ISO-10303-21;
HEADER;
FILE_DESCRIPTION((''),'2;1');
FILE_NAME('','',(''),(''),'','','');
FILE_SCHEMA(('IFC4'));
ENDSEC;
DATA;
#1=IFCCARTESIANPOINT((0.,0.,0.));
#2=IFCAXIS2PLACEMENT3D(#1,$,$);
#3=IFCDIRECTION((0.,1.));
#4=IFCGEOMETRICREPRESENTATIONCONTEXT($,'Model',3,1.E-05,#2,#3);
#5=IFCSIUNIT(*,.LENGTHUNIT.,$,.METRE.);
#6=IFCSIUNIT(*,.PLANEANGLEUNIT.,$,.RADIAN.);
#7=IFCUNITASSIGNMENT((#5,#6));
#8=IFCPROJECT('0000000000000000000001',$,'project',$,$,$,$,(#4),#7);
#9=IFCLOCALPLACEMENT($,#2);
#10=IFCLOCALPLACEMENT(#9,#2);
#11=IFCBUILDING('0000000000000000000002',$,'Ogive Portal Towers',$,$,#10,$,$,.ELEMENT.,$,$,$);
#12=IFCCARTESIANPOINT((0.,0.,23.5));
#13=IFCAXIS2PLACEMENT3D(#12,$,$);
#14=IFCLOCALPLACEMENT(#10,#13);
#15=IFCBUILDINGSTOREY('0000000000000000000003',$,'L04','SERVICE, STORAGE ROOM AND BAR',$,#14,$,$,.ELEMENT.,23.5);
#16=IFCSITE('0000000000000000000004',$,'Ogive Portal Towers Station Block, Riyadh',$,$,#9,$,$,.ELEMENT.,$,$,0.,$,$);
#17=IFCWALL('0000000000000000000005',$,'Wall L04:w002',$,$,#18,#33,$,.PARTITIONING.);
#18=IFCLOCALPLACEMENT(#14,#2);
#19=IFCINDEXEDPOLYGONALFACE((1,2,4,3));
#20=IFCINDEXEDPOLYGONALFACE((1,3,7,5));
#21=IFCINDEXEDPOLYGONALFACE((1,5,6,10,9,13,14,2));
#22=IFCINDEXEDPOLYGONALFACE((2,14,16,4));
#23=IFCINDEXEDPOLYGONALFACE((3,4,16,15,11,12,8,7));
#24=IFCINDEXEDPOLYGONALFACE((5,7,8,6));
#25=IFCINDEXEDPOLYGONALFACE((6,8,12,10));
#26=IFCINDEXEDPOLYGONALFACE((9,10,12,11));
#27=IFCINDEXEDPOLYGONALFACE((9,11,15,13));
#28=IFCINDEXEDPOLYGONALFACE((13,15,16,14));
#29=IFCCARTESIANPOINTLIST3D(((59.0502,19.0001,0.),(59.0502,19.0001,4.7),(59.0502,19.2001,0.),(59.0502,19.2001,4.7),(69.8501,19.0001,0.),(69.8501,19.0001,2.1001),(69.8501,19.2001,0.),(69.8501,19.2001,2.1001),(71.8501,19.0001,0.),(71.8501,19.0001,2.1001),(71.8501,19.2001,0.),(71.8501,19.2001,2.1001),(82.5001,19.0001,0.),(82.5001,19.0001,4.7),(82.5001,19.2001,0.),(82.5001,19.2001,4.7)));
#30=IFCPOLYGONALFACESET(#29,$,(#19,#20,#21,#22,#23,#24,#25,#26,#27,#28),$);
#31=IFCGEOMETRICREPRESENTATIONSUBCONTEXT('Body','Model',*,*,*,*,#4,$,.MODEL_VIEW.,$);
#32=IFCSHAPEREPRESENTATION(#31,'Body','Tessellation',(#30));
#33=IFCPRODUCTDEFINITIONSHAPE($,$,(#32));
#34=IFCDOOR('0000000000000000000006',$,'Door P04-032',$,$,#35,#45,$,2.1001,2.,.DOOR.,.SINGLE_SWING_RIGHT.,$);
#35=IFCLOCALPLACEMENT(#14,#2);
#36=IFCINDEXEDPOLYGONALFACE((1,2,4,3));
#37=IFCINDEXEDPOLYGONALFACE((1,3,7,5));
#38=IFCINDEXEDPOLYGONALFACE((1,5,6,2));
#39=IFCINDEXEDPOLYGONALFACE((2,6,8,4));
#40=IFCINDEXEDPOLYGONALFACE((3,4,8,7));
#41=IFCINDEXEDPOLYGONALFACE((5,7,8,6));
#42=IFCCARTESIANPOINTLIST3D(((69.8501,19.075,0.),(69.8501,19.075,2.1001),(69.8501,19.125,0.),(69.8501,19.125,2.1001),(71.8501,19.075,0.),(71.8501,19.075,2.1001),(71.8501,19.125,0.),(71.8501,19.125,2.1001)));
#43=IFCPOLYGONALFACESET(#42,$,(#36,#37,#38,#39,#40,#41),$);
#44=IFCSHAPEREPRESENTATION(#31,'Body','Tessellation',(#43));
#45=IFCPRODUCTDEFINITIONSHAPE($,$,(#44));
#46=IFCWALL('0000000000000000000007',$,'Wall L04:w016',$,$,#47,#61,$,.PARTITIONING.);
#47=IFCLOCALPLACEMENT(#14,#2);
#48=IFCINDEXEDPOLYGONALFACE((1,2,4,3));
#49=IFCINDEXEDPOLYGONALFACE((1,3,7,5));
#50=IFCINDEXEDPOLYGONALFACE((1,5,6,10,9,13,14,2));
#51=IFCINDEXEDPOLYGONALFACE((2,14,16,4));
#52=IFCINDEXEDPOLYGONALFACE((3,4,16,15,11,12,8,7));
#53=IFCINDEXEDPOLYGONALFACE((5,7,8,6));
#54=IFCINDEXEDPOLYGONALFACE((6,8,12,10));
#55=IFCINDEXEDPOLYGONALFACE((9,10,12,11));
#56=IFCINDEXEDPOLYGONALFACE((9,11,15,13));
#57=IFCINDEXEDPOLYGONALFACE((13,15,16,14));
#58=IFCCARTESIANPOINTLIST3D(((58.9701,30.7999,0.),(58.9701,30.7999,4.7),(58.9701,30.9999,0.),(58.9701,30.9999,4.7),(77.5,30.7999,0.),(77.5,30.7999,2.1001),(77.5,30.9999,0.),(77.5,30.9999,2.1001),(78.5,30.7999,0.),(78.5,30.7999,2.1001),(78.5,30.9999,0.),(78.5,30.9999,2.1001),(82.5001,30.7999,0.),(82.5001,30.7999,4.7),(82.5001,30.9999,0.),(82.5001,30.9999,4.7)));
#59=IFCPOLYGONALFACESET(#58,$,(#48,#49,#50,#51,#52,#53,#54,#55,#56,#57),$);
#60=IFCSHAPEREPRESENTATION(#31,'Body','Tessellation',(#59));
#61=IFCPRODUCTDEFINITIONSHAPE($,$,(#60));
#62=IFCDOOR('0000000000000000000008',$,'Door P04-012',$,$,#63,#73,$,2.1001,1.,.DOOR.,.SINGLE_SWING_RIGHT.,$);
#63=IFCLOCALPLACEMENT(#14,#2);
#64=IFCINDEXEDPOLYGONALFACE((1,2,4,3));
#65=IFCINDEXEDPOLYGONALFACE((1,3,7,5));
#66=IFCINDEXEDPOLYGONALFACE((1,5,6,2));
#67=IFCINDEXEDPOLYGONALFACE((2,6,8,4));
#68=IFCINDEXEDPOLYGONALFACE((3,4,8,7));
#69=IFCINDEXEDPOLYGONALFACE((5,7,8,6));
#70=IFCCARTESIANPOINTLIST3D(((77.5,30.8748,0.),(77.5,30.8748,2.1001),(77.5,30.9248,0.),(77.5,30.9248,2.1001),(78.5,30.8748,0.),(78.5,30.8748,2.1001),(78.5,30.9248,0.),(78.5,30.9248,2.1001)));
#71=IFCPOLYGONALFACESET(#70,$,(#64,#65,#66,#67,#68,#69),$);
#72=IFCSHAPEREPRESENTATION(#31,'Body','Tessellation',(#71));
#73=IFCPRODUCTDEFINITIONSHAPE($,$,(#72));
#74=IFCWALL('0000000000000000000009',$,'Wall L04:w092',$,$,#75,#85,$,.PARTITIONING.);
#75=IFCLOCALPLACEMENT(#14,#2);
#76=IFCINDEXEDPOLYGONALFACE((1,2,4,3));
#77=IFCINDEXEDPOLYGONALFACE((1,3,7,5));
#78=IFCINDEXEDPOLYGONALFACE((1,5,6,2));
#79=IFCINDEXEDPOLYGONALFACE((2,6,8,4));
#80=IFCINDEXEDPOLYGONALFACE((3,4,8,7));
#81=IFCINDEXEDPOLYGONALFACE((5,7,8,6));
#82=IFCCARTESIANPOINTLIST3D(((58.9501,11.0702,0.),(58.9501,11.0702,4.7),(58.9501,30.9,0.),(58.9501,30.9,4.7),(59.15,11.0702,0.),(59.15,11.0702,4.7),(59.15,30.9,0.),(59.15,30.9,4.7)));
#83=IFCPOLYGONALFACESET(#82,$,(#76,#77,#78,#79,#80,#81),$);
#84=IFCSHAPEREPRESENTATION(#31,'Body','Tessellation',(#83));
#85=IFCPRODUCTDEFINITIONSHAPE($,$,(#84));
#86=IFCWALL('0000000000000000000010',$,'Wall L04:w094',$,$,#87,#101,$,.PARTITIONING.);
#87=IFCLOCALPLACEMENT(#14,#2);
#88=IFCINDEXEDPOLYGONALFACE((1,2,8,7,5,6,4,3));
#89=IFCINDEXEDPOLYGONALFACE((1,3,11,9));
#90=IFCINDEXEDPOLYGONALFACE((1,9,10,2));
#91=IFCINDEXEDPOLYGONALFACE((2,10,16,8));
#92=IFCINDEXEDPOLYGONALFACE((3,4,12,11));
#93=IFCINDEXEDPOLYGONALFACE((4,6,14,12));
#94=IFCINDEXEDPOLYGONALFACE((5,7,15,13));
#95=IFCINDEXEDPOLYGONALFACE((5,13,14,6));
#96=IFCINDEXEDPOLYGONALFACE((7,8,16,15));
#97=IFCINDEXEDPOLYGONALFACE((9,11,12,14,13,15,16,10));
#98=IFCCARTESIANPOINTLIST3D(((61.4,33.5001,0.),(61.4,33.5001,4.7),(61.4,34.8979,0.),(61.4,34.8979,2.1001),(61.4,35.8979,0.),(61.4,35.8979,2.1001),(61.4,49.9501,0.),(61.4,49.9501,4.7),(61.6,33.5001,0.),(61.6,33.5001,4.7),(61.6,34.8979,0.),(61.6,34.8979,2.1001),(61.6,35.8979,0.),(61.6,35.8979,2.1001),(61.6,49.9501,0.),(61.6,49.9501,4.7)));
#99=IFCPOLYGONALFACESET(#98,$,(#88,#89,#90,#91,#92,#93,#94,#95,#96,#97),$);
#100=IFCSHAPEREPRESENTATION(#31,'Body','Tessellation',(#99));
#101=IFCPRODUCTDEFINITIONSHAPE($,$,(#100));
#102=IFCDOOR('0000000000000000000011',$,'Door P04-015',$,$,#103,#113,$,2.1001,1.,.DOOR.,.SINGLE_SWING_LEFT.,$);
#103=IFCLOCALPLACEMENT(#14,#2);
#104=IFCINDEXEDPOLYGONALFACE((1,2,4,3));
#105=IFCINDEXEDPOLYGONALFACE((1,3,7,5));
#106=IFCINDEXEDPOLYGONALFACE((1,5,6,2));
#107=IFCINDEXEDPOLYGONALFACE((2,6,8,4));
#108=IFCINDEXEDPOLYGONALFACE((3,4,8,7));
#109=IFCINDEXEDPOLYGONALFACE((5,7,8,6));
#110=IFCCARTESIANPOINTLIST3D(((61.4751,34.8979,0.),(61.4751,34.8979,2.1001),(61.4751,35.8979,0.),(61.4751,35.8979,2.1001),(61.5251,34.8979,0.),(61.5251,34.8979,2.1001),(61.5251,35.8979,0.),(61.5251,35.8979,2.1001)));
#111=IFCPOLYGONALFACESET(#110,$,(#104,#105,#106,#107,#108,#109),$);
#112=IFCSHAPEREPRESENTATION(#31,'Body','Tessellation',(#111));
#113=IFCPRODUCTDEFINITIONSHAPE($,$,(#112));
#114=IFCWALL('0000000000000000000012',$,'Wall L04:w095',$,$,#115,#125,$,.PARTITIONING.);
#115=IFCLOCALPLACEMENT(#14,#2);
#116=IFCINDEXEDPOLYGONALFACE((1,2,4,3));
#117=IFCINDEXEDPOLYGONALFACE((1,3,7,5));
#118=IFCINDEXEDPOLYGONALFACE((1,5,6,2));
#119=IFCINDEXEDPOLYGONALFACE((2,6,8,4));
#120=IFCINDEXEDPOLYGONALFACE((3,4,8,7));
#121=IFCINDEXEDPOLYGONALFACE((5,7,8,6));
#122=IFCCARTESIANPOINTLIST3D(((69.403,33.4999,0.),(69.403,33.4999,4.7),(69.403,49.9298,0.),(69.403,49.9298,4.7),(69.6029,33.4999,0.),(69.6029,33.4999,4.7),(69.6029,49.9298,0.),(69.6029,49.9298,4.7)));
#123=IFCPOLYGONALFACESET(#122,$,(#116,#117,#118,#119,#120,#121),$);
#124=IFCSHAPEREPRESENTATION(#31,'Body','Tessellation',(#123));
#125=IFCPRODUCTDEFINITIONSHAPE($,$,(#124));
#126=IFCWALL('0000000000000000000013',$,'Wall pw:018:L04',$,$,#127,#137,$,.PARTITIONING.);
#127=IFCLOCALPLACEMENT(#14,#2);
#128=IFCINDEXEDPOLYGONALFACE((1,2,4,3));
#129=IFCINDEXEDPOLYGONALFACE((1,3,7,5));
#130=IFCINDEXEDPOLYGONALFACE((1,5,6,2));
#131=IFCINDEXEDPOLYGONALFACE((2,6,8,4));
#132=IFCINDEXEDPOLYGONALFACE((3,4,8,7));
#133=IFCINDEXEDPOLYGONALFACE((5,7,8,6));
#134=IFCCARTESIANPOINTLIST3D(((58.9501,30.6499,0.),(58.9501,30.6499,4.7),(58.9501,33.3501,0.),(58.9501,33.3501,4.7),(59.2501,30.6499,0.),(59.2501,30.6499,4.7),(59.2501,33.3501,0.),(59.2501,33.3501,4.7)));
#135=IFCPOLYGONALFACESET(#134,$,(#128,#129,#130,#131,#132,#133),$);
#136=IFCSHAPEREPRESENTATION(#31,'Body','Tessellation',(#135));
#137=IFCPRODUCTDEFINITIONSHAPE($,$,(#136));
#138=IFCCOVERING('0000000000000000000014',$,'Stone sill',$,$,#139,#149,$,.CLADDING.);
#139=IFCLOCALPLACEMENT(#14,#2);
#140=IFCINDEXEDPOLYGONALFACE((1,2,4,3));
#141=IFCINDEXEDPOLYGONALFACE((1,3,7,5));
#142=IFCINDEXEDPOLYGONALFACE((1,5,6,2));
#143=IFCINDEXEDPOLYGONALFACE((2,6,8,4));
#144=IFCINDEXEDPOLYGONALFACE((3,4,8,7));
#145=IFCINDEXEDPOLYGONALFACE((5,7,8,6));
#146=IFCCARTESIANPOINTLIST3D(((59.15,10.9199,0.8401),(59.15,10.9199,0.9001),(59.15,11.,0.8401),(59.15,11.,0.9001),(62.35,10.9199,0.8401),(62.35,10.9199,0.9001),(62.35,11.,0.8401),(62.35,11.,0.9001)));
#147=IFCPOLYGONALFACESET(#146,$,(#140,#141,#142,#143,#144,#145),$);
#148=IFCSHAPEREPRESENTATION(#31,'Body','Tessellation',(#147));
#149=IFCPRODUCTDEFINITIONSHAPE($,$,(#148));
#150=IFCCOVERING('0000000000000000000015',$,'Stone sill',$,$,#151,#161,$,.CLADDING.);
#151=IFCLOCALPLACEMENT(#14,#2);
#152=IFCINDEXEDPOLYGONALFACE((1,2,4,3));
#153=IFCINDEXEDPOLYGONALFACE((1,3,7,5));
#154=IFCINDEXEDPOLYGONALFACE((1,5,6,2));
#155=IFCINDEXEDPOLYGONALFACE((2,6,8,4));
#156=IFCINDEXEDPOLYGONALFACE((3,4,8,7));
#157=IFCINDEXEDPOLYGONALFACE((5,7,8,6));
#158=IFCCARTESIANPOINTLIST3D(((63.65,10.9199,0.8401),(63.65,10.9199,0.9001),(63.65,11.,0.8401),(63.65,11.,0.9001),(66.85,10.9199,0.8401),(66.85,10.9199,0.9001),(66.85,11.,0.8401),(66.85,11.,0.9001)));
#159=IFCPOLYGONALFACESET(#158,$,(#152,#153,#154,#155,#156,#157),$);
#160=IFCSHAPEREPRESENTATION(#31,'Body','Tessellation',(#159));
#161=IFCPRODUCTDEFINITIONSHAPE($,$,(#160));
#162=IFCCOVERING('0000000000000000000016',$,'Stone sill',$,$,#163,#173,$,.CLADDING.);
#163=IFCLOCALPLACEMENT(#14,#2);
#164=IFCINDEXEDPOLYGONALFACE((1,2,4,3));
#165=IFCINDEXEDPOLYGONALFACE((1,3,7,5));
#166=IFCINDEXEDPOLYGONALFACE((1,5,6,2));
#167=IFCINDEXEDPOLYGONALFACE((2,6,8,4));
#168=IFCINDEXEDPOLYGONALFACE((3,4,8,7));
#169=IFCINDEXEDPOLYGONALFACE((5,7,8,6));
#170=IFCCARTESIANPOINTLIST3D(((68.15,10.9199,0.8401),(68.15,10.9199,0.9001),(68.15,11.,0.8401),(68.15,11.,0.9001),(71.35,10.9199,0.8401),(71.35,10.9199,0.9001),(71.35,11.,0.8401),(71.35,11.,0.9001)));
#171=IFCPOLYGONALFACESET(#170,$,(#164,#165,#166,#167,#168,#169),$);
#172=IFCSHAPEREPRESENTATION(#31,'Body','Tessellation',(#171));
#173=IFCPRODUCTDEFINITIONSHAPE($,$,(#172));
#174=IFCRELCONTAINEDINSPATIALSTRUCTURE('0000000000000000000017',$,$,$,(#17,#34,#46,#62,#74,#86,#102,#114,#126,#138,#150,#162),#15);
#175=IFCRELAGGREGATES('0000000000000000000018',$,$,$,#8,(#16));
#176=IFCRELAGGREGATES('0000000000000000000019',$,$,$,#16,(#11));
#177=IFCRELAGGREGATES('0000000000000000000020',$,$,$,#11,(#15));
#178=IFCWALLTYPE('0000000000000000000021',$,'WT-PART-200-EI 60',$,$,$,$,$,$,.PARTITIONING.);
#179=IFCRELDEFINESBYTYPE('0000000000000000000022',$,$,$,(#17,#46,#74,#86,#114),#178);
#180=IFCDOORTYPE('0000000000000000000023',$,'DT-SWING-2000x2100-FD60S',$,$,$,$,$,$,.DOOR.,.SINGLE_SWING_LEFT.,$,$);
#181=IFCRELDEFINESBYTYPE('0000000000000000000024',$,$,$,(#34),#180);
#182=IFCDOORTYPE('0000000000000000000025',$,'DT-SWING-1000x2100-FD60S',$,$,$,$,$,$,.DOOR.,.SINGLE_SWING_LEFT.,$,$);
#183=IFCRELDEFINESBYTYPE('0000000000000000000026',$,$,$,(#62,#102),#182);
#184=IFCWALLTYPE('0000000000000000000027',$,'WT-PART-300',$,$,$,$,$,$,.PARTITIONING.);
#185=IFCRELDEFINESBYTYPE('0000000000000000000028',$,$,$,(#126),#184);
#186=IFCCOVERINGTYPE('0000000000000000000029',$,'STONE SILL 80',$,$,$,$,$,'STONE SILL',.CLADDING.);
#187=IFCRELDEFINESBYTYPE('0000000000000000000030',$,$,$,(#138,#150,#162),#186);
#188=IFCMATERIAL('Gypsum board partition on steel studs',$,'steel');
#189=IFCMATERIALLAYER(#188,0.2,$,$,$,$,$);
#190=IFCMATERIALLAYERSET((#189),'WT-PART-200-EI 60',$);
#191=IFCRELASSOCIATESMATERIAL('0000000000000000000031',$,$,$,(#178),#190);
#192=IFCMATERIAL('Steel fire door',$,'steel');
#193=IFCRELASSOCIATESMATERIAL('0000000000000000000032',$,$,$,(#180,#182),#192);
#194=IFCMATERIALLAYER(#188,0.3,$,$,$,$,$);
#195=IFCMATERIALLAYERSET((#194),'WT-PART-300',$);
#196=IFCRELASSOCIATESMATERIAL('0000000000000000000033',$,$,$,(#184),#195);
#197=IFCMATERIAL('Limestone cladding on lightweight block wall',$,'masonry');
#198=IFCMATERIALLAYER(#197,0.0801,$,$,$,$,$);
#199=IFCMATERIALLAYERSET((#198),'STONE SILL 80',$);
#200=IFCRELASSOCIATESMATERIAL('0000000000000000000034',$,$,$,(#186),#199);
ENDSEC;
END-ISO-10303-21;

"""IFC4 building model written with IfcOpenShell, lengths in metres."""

from ifc_helpers import new_model, si_unit, direction, frame, frame_2d, origin, origin_2d, place, context, subcontext, project, spatial, rectangle, extrude, material, layer, layer_set, type_object, element, fill, save


model = new_model("IFC4")

# Units and contexts
model_context = context("Model", 3, precision=1e-05, world=origin(), true_north=direction((0.0, 1.0)))
body_context = subcontext(model_context, "Body", "Model", "MODEL_VIEW")
ifc_project = project(units=[si_unit("LENGTHUNIT", "METRE"), si_unit("PLANEANGLEUNIT", "RADIAN")], contexts=[model_context])

# Site, building, storey
site_placement = place(None, origin())
site = spatial("IfcSite", under=ifc_project, at=site_placement, Name="Ogive Portal Towers Station Block, Riyadh", CompositionType="ELEMENT", RefElevation=0.0)
building_placement = place(site_placement, origin())
building = spatial("IfcBuilding", under=site, at=building_placement, Name="Ogive Portal Towers", CompositionType="ELEMENT")
storey_placement = place(building_placement, frame((0.0, 0.0, 23.5)))
storey = spatial("IfcBuildingStorey", under=building, at=storey_placement, Name="L04", Description="SERVICE, STORAGE ROOM AND BAR", CompositionType="ELEMENT", Elevation=23.5)

# Shared definitions
ifc_material_1 = material(Name="Steel fire door", Category="steel")

# Walls, openings, doors
ifc_material_2 = material(Name="Gypsum board partition on steel studs", Category="steel")
ifc_layer_1 = layer(ifc_material_2, 0.2)
ifc_layer_set_1 = layer_set([ifc_layer_1], Name="WT-PART-200-EI 60")
wall_type_1 = type_object("IfcWallType", Name="WT-PART-200-EI 60", PredefinedType="PARTITIONING", material=ifc_layer_set_1)
wall_1_placement = place(storey_placement, frame((59.05, 19.1001, 0.0), z_axis=(0.0, 0.0, 1.0), x_axis=(1.0, 0.0, 0.0)))
wall_1 = element("IfcWall", 1, at=wall_1_placement, inside=storey, type_object=wall_type_1, Name="Wall L04:w002", PredefinedType="PARTITIONING", context=body_context, shape_type="SweptSolid", body=[
    extrude(rectangle(XDim=23.45, YDim=0.2, at=frame_2d((11.7251, 0.0))), origin(), (0.0, 0.0, 1.0), 4.7),
])
opening_1_placement = place(wall_1_placement, frame((10.8, 0.0, 0.0)))
opening_1 = element("IfcOpeningElement", 2, at=opening_1_placement, cuts=wall_1, PredefinedType="OPENING", context=body_context, shape_type="SweptSolid", body=[
    extrude(rectangle(XDim=2.0, YDim=2.1001, at=frame_2d((1.0, 1.05))), frame((0.0, 0.1099, 0.0), z_axis=(0.0, -1.0, 0.0), x_axis=(1.0, 0.0, 0.0)), (0.0, 0.0, 1.0), 0.22),
])
door_type_1 = type_object("IfcDoorType", Name="DT-SWING-2000x2100-FD60S", OperationType="SINGLE_SWING_LEFT", PredefinedType="DOOR", material=ifc_material_1)
door_1_placement = place(opening_1_placement, origin())
door_1 = element("IfcDoor", 3, at=door_1_placement, inside=storey, type_object=door_type_1, Name="Door P04-032", OperationType="SINGLE_SWING_RIGHT", OverallHeight=2.1001, OverallWidth=2.0, PredefinedType="DOOR", context=body_context, shape_type="SweptSolid", body=[
    extrude(rectangle(XDim=2.0, YDim=2.1001, at=frame_2d((1.0, 1.05))), frame((0.0, 0.0249, 0.0), z_axis=(0.0, -1.0, 0.0), x_axis=(1.0, 0.0, 0.0)), (0.0, 0.0, 1.0), 0.05),
])
fill(opening_1, door_1)
wall_2_placement = place(storey_placement, frame((58.97, 30.8999, 0.0), z_axis=(0.0, 0.0, 1.0), x_axis=(1.0, 0.0, 0.0)))
wall_2 = element("IfcWall", 4, at=wall_2_placement, inside=storey, type_object=wall_type_1, Name="Wall L04:w016", PredefinedType="PARTITIONING", context=body_context, shape_type="SweptSolid", body=[
    extrude(rectangle(XDim=23.53, YDim=0.2, at=frame_2d((11.7651, 0.0))), origin(), (0.0, 0.0, 1.0), 4.7),
])
opening_2_placement = place(wall_2_placement, frame((18.53, 0.0, 0.0)))
opening_2 = element("IfcOpeningElement", 5, at=opening_2_placement, cuts=wall_2, PredefinedType="OPENING", context=body_context, shape_type="SweptSolid", body=[
    extrude(rectangle(XDim=1.0, YDim=2.1001, at=frame_2d((0.5, 1.05))), frame((0.0, 0.1099, 0.0), z_axis=(0.0, -1.0, 0.0), x_axis=(1.0, 0.0, 0.0)), (0.0, 0.0, 1.0), 0.22),
])
door_type_2 = type_object("IfcDoorType", Name="DT-SWING-1000x2100-FD60S", OperationType="SINGLE_SWING_LEFT", PredefinedType="DOOR", material=ifc_material_1)
door_2_placement = place(opening_2_placement, origin())
door_2 = element("IfcDoor", 6, at=door_2_placement, inside=storey, type_object=door_type_2, Name="Door P04-012", OperationType="SINGLE_SWING_RIGHT", OverallHeight=2.1001, OverallWidth=1.0, PredefinedType="DOOR", context=body_context, shape_type="SweptSolid", body=[
    extrude(rectangle(XDim=1.0, YDim=2.1001, at=frame_2d((0.5, 1.05))), frame((0.0, 0.0249, 0.0), z_axis=(0.0, -1.0, 0.0), x_axis=(1.0, 0.0, 0.0)), (0.0, 0.0, 1.0), 0.05),
])
fill(opening_2, door_2)

# Wall
wall_3_placement = place(storey_placement, frame((59.05, 11.0701, 0.0), z_axis=(0.0, 0.0, 1.0), x_axis=(0.0, 1.0, 0.0)))
element("IfcWall", 7, at=wall_3_placement, inside=storey, type_object=wall_type_1, Name="Wall L04:w092", PredefinedType="PARTITIONING", context=body_context, shape_type="SweptSolid", body=[
    extrude(rectangle(XDim=19.8298, YDim=0.2, at=frame_2d((9.915, 0.0))), origin(), (0.0, 0.0, 1.0), 4.7),
])

# Wall, opening, door
wall_4_placement = place(storey_placement, frame((61.5, 33.5, 0.0), z_axis=(0.0, 0.0, 1.0), x_axis=(0.0, 1.0, 0.0)))
wall_4 = element("IfcWall", 8, at=wall_4_placement, inside=storey, type_object=wall_type_1, Name="Wall L04:w094", PredefinedType="PARTITIONING", context=body_context, shape_type="SweptSolid", body=[
    extrude(rectangle(XDim=16.45, YDim=0.2, at=frame_2d((8.2251, 0.0))), origin(), (0.0, 0.0, 1.0), 4.7),
])
opening_3_placement = place(wall_4_placement, frame((1.3979, 0.0, 0.0)))
opening_3 = element("IfcOpeningElement", 9, at=opening_3_placement, cuts=wall_4, PredefinedType="OPENING", context=body_context, shape_type="SweptSolid", body=[
    extrude(rectangle(XDim=1.0, YDim=2.1001, at=frame_2d((0.5, 1.05))), frame((0.0, 0.1099, 0.0), z_axis=(0.0, -1.0, 0.0), x_axis=(1.0, 0.0, 0.0)), (0.0, 0.0, 1.0), 0.22),
])
door_3_placement = place(opening_3_placement, origin())
door_3 = element("IfcDoor", 10, at=door_3_placement, inside=storey, type_object=door_type_2, Name="Door P04-015", OperationType="SINGLE_SWING_LEFT", OverallHeight=2.1001, OverallWidth=1.0, PredefinedType="DOOR", context=body_context, shape_type="SweptSolid", body=[
    extrude(rectangle(XDim=1.0, YDim=2.1001, at=frame_2d((0.5, 1.05))), frame((0.0, 0.0249, 0.0), z_axis=(0.0, -1.0, 0.0), x_axis=(1.0, 0.0, 0.0)), (0.0, 0.0, 1.0), 0.05),
])
fill(opening_3, door_3)

# Walls
wall_5_placement = place(storey_placement, frame((69.5029, 33.5, 0.0), z_axis=(0.0, 0.0, 1.0), x_axis=(0.0, 1.0, 0.0)))
element("IfcWall", 11, at=wall_5_placement, inside=storey, type_object=wall_type_1, Name="Wall L04:w095", PredefinedType="PARTITIONING", context=body_context, shape_type="SweptSolid", body=[
    extrude(rectangle(XDim=16.4299, YDim=0.2, at=frame_2d((8.2148, 0.0))), origin(), (0.0, 0.0, 1.0), 4.7),
])
ifc_layer_2 = layer(ifc_material_2, 0.3)
ifc_layer_set_2 = layer_set([ifc_layer_2], Name="WT-PART-300")
wall_type_2 = type_object("IfcWallType", Name="WT-PART-300", PredefinedType="PARTITIONING", material=ifc_layer_set_2)
wall_6_placement = place(storey_placement, frame((59.1001, 30.6499, 0.0), z_axis=(0.0, 0.0, 1.0), x_axis=(0.0, 1.0, 0.0)))
element("IfcWall", 12, at=wall_6_placement, inside=storey, type_object=wall_type_2, Name="Wall pw:018:L04", PredefinedType="PARTITIONING", context=body_context, shape_type="SweptSolid", body=[
    extrude(rectangle(XDim=2.7002, YDim=0.3, at=frame_2d((1.3501, 0.0))), origin(), (0.0, 0.0, 1.0), 4.7),
])

# Coverings
ifc_material_3 = material(Name="Limestone cladding on lightweight block wall", Category="masonry")
ifc_layer_3 = layer(ifc_material_3, 0.0801)
ifc_layer_set_3 = layer_set([ifc_layer_3], Name="STONE SILL 80")
covering_type = type_object("IfcCoveringType", Name="STONE SILL 80", ElementType="STONE SILL", PredefinedType="CLADDING", material=ifc_layer_set_3)
for number, where, z_axis, x_axis, name in (
    (13, (60.75, 10.96, 0.8401), (0.0, 0.0, 1.0), (1.0, 0.0, 0.0), "Stone sill"),
    (14, (65.25, 10.96, 0.8401), (0.0, 0.0, 1.0), (1.0, 0.0, 0.0), "Stone sill"),
    (15, (69.75, 10.96, 0.8401), (0.0, 0.0, 1.0), (1.0, 0.0, 0.0), "Stone sill"),
):
    element("IfcCovering", number, at=place(storey_placement, frame(where, z_axis=z_axis, x_axis=x_axis)), inside=storey, type_object=covering_type, Name=name, PredefinedType="CLADDING", context=body_context, shape_type="SweptSolid", body=[
        extrude(rectangle(XDim=3.2, YDim=0.0801, at=origin_2d()), origin(), (0.0, 0.0, 1.0), 0.0601),
    ])

save(model, "model.ifc")
